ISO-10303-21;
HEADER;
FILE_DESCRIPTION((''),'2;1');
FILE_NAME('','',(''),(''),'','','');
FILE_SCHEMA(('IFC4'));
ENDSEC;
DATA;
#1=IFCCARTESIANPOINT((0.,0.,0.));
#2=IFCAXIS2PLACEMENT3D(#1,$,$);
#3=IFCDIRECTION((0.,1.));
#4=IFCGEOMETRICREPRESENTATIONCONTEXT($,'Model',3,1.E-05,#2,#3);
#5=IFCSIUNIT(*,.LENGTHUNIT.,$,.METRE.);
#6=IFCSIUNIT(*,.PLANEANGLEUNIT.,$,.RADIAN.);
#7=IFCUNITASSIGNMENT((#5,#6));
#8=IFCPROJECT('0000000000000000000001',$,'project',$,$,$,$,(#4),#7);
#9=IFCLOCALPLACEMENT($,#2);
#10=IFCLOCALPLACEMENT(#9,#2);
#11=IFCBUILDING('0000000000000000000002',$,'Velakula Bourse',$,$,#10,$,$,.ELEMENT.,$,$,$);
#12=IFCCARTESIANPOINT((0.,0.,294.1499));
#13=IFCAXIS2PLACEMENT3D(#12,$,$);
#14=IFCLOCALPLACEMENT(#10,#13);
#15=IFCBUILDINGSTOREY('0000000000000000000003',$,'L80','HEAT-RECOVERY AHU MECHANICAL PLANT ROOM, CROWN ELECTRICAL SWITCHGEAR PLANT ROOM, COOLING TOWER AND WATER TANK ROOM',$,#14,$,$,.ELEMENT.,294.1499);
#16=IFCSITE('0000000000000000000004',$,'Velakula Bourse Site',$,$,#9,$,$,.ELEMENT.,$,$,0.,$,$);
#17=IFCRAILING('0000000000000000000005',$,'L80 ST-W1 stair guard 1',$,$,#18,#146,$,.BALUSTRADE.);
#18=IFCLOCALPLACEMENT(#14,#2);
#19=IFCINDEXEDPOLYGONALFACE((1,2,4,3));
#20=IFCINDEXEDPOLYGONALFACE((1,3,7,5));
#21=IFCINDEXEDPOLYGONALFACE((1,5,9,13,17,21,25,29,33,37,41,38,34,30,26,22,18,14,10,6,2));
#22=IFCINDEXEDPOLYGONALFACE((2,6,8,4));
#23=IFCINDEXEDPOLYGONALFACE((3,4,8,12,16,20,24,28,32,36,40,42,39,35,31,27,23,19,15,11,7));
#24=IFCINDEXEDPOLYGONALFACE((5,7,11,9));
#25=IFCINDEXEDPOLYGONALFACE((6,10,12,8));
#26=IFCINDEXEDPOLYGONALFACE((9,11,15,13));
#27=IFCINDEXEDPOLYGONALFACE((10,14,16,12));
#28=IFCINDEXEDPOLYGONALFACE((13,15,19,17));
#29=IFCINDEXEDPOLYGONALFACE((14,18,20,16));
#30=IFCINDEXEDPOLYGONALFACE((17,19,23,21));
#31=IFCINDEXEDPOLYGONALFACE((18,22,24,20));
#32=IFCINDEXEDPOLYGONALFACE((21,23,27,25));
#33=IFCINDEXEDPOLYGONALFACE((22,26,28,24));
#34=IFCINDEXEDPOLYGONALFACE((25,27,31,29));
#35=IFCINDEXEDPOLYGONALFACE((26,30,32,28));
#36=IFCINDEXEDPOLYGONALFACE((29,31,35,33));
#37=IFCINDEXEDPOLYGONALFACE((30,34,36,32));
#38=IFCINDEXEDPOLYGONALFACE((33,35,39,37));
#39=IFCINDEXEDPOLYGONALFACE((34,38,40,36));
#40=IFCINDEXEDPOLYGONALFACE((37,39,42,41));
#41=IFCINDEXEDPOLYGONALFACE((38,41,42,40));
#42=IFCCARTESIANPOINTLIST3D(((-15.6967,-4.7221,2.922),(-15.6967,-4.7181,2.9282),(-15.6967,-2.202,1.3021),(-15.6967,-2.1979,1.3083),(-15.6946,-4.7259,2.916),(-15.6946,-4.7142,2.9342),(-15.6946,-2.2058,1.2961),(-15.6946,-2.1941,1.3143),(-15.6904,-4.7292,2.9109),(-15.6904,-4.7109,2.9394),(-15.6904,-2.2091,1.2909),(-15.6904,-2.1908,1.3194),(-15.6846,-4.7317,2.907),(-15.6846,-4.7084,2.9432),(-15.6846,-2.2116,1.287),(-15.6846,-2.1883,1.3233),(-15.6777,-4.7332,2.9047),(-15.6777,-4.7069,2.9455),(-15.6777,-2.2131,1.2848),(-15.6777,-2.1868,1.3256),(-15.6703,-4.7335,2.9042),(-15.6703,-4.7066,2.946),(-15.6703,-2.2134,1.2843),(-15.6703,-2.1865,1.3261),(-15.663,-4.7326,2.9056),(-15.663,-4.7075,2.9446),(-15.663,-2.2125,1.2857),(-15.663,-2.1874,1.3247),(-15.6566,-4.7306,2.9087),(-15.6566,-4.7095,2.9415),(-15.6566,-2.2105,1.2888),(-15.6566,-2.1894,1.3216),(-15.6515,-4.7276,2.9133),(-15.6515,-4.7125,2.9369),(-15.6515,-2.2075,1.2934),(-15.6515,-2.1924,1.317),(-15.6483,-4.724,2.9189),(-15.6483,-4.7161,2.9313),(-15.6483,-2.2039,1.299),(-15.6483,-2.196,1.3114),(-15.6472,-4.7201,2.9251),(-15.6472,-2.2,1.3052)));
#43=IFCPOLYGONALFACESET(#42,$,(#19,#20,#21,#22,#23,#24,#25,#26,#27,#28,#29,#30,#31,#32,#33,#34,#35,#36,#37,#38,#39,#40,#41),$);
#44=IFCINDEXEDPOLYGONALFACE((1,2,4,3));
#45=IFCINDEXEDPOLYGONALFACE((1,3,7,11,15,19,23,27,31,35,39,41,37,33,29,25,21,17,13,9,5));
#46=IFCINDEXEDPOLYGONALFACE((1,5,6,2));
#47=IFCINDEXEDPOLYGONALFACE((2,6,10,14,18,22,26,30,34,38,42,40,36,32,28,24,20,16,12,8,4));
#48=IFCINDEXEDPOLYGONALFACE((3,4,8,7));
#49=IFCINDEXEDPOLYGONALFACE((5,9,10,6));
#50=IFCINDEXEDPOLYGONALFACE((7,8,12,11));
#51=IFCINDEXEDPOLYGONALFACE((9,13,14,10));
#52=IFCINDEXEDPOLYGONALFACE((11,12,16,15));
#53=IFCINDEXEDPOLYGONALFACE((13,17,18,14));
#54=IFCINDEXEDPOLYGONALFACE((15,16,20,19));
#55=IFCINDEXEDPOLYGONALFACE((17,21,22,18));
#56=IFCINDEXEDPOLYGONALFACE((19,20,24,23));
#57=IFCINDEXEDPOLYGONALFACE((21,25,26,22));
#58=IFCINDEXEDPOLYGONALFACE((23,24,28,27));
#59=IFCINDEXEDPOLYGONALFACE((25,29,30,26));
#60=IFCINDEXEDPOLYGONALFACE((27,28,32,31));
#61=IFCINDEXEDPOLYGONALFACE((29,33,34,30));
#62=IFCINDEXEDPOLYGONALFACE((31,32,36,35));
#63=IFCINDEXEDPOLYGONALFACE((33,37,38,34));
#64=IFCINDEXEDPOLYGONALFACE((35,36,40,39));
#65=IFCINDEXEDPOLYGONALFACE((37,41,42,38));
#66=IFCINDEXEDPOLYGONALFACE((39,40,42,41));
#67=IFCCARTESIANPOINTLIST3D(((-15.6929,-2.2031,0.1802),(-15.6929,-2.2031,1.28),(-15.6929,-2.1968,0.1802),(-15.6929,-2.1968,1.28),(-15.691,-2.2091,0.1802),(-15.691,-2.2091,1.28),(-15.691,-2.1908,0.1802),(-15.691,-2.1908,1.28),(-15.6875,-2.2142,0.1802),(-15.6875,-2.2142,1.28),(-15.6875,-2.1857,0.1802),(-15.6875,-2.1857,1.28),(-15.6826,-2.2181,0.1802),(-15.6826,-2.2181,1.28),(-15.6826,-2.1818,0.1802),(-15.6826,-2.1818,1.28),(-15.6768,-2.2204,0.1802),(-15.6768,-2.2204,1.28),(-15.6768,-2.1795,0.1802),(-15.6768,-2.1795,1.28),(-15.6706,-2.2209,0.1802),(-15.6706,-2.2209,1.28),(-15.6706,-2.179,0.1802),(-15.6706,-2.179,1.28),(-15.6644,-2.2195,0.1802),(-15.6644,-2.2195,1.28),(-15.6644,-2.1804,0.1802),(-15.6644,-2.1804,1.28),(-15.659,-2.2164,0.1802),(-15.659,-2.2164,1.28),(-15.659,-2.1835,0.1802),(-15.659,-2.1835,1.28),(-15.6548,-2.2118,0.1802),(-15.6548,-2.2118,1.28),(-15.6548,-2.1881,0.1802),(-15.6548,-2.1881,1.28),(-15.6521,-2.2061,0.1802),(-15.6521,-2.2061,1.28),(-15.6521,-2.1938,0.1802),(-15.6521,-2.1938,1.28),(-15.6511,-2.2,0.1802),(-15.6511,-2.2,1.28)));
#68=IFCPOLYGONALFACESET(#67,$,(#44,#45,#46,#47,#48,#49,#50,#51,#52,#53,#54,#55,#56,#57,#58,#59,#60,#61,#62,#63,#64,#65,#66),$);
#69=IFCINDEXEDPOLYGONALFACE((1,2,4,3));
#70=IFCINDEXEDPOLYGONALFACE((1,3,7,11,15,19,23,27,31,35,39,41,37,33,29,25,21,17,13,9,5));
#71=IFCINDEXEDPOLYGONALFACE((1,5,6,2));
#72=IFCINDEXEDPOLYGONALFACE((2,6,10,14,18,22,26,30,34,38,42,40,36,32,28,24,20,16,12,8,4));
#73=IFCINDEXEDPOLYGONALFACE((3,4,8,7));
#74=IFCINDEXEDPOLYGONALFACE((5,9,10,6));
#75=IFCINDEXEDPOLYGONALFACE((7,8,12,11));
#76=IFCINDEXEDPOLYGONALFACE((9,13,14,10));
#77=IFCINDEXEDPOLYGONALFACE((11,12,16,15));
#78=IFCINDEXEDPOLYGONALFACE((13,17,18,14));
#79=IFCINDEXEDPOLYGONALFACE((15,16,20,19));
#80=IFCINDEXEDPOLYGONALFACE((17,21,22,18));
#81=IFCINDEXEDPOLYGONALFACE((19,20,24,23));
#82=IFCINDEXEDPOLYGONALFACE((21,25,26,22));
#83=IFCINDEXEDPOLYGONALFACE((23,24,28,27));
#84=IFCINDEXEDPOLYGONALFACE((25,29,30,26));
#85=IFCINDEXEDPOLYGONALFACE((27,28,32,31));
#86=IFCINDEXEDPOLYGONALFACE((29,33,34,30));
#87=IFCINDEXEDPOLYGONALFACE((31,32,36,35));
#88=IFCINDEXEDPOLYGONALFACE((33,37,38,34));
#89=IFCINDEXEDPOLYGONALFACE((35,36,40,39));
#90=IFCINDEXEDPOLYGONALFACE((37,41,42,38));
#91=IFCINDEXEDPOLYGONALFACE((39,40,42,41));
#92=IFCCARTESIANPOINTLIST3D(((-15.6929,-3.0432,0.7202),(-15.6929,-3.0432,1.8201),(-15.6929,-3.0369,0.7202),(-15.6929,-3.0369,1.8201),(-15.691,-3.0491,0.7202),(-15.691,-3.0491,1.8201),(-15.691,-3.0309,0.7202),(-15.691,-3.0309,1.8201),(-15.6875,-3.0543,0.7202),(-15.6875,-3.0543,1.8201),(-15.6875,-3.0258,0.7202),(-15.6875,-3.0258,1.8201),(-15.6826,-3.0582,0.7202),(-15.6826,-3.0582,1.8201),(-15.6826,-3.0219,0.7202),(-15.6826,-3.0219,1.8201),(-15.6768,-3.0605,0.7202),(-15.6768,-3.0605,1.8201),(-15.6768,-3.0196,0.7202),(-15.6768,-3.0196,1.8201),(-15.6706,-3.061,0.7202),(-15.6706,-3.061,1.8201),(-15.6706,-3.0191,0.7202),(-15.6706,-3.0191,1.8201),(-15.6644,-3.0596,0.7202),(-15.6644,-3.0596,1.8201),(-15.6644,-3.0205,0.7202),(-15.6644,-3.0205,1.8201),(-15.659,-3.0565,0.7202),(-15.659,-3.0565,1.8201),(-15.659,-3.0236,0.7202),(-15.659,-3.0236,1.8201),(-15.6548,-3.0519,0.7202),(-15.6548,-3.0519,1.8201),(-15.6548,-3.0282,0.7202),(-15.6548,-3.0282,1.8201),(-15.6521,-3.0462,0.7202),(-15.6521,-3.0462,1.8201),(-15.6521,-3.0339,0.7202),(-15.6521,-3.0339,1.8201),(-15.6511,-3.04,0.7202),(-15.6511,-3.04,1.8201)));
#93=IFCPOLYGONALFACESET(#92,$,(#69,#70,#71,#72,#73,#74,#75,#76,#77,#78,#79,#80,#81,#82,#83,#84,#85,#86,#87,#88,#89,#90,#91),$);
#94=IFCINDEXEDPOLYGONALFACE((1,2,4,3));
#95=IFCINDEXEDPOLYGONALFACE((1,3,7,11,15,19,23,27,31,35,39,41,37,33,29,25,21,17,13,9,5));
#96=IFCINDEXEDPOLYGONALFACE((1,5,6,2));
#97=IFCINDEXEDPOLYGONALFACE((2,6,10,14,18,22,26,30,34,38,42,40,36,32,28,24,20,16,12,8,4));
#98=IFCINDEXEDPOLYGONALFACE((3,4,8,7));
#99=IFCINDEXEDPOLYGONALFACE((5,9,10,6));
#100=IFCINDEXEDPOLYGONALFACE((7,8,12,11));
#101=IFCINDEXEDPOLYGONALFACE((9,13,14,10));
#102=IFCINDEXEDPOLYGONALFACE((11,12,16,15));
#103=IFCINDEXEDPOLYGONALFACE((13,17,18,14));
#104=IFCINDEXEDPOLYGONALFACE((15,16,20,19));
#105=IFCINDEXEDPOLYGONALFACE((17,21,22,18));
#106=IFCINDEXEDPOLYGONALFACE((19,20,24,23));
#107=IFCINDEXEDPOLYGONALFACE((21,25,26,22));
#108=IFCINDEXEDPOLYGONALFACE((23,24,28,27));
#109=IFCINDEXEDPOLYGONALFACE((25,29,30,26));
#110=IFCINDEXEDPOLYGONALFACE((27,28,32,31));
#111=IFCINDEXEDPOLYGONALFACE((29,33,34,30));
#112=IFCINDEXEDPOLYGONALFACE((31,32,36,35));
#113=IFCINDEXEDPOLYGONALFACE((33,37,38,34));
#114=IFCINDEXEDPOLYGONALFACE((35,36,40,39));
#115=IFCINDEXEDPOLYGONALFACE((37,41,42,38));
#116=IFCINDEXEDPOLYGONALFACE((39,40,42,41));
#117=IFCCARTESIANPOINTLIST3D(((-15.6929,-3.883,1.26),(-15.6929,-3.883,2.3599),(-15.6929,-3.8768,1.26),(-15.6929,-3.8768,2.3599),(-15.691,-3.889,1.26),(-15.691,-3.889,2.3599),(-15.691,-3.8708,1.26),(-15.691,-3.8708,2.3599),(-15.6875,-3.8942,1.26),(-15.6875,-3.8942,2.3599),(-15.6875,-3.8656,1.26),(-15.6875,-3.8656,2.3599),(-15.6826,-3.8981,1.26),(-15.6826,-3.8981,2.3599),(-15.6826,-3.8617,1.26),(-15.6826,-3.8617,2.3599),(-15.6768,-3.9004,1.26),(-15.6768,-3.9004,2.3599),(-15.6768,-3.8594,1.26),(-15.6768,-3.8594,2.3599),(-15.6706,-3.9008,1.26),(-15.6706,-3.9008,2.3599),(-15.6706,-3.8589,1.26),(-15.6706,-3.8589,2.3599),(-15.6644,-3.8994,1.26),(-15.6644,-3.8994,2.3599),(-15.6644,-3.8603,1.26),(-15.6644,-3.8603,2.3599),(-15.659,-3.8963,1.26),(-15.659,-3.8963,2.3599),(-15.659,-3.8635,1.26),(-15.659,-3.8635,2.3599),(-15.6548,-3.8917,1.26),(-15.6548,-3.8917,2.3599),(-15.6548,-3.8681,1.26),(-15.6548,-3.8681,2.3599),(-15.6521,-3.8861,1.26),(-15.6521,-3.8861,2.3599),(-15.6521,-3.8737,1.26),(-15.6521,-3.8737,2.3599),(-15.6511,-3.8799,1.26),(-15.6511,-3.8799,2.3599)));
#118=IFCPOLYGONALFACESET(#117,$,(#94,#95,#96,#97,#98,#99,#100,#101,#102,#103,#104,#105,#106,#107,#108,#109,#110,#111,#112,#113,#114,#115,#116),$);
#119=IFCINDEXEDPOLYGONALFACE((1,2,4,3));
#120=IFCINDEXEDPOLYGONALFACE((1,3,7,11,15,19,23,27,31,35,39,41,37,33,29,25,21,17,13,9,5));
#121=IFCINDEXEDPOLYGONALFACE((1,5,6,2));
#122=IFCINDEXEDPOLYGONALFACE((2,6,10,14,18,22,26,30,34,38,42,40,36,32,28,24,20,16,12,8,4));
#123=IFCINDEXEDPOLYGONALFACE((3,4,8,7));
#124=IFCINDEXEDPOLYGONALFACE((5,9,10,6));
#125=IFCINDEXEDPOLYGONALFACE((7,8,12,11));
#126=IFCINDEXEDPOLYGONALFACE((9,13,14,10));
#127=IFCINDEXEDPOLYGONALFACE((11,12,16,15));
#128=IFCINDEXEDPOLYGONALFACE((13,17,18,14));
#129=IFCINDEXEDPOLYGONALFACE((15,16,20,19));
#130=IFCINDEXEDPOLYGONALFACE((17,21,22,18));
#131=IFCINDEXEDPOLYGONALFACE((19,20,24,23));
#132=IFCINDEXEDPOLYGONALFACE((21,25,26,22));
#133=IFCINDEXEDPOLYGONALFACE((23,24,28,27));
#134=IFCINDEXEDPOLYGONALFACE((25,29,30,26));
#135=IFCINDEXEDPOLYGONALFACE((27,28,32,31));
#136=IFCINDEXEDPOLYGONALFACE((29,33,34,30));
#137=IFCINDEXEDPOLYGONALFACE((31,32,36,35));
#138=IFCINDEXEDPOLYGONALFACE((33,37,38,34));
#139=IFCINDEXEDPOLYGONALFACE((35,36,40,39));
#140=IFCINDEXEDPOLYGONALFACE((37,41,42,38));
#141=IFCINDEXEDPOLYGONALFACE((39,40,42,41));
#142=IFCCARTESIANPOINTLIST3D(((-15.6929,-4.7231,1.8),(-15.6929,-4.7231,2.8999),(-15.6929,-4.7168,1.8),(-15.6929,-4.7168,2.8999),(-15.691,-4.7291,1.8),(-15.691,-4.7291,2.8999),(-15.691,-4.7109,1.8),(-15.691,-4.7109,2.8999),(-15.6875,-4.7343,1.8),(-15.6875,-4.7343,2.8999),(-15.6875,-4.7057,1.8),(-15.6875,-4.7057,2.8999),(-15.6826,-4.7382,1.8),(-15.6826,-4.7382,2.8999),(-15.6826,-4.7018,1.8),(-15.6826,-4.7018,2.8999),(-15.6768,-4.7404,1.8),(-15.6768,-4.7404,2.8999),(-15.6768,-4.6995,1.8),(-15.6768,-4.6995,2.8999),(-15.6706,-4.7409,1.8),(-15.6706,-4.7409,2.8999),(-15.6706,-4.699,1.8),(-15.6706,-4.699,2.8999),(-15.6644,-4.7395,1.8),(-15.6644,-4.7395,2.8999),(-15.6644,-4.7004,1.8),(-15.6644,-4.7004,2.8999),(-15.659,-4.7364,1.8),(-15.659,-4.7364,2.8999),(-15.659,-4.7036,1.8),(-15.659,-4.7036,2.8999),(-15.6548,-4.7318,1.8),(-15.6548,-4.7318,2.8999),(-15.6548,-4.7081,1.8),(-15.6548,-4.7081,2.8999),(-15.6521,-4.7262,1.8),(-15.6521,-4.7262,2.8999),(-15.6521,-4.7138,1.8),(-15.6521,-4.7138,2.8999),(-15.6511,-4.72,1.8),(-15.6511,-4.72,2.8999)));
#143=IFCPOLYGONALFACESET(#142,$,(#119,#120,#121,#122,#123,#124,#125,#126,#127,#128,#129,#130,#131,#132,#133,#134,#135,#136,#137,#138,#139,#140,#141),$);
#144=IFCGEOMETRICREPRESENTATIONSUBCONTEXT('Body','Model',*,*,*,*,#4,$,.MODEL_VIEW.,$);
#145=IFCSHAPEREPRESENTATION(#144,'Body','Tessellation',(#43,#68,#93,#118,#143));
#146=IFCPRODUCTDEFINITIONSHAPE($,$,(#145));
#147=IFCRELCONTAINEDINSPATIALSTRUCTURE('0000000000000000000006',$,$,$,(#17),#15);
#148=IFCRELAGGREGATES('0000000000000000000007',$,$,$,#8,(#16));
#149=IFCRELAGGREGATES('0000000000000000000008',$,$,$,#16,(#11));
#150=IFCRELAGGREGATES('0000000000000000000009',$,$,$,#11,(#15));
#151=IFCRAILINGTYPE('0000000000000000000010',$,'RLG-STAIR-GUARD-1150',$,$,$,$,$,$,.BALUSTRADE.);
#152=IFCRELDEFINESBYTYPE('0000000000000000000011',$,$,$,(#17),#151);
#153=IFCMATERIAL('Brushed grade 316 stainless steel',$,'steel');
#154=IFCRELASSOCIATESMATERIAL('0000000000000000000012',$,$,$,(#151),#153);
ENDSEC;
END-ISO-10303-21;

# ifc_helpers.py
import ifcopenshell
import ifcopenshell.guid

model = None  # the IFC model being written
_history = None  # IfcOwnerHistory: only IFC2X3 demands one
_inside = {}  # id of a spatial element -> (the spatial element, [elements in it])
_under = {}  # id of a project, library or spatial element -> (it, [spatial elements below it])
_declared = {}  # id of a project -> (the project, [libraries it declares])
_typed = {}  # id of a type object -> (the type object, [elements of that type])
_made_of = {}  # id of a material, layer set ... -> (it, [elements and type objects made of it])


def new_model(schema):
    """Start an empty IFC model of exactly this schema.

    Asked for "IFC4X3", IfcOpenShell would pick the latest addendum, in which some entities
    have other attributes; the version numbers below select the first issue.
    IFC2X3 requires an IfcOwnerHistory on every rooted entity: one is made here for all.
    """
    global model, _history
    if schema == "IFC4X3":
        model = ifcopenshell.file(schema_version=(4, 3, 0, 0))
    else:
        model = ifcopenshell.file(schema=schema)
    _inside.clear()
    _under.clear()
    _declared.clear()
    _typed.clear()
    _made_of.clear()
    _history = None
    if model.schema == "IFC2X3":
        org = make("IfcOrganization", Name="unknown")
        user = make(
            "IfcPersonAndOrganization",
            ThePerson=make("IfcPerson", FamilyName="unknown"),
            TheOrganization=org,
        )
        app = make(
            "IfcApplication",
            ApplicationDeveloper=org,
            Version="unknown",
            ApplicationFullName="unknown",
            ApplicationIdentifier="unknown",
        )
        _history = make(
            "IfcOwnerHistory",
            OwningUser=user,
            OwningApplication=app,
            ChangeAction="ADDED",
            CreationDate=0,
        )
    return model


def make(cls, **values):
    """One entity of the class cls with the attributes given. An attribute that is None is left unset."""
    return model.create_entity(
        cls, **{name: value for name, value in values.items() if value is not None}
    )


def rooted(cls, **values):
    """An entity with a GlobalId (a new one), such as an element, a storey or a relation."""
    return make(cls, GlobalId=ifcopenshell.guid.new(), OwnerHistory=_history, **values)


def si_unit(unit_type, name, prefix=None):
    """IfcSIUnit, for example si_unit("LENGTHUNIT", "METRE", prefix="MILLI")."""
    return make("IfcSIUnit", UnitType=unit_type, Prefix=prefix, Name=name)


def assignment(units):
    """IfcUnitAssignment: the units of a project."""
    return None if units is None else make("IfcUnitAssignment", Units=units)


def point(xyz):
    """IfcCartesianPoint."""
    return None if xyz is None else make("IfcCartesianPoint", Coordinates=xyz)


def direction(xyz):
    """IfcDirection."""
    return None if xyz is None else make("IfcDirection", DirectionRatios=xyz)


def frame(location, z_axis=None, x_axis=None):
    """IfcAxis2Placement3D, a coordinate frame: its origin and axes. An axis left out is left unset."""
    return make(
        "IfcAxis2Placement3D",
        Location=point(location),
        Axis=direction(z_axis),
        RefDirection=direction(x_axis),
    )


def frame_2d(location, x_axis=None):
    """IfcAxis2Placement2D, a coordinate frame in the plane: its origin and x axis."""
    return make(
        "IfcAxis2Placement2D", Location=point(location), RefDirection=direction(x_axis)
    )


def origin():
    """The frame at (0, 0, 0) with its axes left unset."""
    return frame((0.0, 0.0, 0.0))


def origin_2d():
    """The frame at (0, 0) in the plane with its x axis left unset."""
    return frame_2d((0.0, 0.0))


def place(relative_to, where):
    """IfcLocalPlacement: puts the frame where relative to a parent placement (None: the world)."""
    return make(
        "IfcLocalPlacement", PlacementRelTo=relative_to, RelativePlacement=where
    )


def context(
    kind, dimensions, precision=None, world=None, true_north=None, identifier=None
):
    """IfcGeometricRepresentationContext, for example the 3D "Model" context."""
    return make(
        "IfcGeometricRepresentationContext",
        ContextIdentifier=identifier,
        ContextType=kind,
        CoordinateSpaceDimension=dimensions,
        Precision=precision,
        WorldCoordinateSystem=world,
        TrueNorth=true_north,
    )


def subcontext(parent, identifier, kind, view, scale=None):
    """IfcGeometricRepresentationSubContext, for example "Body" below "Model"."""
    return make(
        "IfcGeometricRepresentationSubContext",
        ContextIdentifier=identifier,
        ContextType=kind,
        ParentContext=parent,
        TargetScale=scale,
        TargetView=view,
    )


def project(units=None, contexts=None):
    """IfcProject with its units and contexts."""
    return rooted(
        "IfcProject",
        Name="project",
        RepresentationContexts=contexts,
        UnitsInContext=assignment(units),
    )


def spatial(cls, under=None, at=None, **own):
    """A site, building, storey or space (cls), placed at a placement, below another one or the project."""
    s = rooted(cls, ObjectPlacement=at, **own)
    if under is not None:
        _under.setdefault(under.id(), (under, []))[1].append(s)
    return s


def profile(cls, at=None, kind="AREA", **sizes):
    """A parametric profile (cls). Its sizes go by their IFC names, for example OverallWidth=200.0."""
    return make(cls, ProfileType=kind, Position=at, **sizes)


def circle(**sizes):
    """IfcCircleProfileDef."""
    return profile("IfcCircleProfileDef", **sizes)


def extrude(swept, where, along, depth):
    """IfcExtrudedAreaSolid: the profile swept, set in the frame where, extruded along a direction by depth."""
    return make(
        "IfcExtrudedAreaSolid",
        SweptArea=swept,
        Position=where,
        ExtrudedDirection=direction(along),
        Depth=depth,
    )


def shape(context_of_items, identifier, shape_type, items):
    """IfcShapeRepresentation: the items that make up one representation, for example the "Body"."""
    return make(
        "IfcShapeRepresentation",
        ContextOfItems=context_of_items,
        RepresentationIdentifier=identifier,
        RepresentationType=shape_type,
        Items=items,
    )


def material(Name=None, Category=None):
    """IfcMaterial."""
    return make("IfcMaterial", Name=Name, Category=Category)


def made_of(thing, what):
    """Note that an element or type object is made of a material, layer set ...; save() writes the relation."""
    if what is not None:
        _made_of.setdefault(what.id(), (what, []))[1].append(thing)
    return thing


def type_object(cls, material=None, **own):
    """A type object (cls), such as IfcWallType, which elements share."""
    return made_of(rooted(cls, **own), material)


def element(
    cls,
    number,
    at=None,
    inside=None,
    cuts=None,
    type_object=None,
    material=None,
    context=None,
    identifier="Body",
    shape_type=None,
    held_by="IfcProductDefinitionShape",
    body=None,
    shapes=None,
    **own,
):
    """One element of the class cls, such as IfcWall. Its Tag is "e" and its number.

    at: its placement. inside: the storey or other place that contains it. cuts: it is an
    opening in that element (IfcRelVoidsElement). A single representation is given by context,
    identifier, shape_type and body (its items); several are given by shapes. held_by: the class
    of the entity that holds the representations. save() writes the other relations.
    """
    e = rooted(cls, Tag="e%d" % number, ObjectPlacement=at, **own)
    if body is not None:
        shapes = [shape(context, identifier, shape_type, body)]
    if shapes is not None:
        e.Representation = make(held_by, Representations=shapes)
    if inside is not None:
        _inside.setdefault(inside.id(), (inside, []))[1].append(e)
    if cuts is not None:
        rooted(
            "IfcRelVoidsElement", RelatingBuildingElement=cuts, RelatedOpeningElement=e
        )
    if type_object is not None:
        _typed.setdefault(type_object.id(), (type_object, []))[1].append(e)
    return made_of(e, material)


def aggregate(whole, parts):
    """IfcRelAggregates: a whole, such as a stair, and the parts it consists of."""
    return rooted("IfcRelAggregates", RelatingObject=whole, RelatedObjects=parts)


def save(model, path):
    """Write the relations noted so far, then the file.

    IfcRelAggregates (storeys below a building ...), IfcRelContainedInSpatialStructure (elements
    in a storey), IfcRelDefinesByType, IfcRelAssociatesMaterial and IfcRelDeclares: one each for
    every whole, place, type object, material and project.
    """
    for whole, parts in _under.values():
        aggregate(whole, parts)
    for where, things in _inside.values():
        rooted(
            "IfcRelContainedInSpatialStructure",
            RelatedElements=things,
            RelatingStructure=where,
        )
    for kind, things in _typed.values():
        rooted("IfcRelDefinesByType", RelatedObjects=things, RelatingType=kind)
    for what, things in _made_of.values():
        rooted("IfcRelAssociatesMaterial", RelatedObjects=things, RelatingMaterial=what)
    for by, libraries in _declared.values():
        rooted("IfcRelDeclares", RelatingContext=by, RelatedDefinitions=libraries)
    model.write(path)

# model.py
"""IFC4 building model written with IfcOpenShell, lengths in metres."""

from ifc_helpers import new_model, si_unit, direction, frame, origin, origin_2d, place, context, subcontext, project, spatial, circle, extrude, material, type_object, element, save


model = new_model("IFC4")

# Units and contexts
model_context = context("Model", 3, precision=1e-05, world=origin(), true_north=direction((0.0, 1.0)))
body_context = subcontext(model_context, "Body", "Model", "MODEL_VIEW")
ifc_project = project(units=[si_unit("LENGTHUNIT", "METRE"), si_unit("PLANEANGLEUNIT", "RADIAN")], contexts=[model_context])

# Site, building, storey
site_placement = place(None, origin())
site = spatial("IfcSite", under=ifc_project, at=site_placement, Name="Velakula Bourse Site", CompositionType="ELEMENT", RefElevation=0.0)
building_placement = place(site_placement, origin())
building = spatial("IfcBuilding", under=site, at=building_placement, Name="Velakula Bourse", CompositionType="ELEMENT")
storey_placement = place(building_placement, frame((0.0, 0.0, 294.1499)))
storey = spatial("IfcBuildingStorey", under=building, at=storey_placement, Name="L80", Description="HEAT-RECOVERY AHU MECHANICAL PLANT ROOM, CROWN ELECTRICAL SWITCHGEAR PLANT ROOM, COOLING TOWER AND WATER TANK ROOM", CompositionType="ELEMENT", Elevation=294.1499)

# Shared definitions
ifc_material_1 = material(Name="Brushed grade 316 stainless steel", Category="steel")

# Railing
railing_type_1 = type_object("IfcRailingType", Name="RLG-STAIR-GUARD-1150", PredefinedType="BALUSTRADE", material=ifc_material_1)
railing_1_placement = place(storey_placement, frame((-15.6721, -2.2, 0.1802)))
element("IfcRailing", 1, at=railing_1_placement, inside=storey, type_object=railing_type_1, Name="L80 ST-W1 stair guard 1", PredefinedType="BALUSTRADE", context=body_context, shape_type="SweptSolid", body=[
    extrude(circle(Radius=0.0249, at=origin_2d()), frame((0.0, 0.0, 1.125), z_axis=(0.0, -0.8412, 0.540725), x_axis=(1.0, 0.0, 0.0)), (0.0, 0.0, 1.0), 2.9958),
    extrude(circle(Radius=0.021, at=origin_2d()), origin(), (0.0, 0.0, 1.0), 1.0999),
    extrude(circle(Radius=0.021, at=origin_2d()), frame((0.0, -0.8401, 0.54)), (0.0, 0.0, 1.0), 1.0999),
    extrude(circle(Radius=0.021, at=origin_2d()), frame((0.0, -1.6799, 1.0798)), (0.0, 0.0, 1.0), 1.0999),
    extrude(circle(Radius=0.021, at=origin_2d()), frame((0.0, -2.52, 1.6199)), (0.0, 0.0, 1.0), 1.0999),
])

save(model, "model.ifc")
